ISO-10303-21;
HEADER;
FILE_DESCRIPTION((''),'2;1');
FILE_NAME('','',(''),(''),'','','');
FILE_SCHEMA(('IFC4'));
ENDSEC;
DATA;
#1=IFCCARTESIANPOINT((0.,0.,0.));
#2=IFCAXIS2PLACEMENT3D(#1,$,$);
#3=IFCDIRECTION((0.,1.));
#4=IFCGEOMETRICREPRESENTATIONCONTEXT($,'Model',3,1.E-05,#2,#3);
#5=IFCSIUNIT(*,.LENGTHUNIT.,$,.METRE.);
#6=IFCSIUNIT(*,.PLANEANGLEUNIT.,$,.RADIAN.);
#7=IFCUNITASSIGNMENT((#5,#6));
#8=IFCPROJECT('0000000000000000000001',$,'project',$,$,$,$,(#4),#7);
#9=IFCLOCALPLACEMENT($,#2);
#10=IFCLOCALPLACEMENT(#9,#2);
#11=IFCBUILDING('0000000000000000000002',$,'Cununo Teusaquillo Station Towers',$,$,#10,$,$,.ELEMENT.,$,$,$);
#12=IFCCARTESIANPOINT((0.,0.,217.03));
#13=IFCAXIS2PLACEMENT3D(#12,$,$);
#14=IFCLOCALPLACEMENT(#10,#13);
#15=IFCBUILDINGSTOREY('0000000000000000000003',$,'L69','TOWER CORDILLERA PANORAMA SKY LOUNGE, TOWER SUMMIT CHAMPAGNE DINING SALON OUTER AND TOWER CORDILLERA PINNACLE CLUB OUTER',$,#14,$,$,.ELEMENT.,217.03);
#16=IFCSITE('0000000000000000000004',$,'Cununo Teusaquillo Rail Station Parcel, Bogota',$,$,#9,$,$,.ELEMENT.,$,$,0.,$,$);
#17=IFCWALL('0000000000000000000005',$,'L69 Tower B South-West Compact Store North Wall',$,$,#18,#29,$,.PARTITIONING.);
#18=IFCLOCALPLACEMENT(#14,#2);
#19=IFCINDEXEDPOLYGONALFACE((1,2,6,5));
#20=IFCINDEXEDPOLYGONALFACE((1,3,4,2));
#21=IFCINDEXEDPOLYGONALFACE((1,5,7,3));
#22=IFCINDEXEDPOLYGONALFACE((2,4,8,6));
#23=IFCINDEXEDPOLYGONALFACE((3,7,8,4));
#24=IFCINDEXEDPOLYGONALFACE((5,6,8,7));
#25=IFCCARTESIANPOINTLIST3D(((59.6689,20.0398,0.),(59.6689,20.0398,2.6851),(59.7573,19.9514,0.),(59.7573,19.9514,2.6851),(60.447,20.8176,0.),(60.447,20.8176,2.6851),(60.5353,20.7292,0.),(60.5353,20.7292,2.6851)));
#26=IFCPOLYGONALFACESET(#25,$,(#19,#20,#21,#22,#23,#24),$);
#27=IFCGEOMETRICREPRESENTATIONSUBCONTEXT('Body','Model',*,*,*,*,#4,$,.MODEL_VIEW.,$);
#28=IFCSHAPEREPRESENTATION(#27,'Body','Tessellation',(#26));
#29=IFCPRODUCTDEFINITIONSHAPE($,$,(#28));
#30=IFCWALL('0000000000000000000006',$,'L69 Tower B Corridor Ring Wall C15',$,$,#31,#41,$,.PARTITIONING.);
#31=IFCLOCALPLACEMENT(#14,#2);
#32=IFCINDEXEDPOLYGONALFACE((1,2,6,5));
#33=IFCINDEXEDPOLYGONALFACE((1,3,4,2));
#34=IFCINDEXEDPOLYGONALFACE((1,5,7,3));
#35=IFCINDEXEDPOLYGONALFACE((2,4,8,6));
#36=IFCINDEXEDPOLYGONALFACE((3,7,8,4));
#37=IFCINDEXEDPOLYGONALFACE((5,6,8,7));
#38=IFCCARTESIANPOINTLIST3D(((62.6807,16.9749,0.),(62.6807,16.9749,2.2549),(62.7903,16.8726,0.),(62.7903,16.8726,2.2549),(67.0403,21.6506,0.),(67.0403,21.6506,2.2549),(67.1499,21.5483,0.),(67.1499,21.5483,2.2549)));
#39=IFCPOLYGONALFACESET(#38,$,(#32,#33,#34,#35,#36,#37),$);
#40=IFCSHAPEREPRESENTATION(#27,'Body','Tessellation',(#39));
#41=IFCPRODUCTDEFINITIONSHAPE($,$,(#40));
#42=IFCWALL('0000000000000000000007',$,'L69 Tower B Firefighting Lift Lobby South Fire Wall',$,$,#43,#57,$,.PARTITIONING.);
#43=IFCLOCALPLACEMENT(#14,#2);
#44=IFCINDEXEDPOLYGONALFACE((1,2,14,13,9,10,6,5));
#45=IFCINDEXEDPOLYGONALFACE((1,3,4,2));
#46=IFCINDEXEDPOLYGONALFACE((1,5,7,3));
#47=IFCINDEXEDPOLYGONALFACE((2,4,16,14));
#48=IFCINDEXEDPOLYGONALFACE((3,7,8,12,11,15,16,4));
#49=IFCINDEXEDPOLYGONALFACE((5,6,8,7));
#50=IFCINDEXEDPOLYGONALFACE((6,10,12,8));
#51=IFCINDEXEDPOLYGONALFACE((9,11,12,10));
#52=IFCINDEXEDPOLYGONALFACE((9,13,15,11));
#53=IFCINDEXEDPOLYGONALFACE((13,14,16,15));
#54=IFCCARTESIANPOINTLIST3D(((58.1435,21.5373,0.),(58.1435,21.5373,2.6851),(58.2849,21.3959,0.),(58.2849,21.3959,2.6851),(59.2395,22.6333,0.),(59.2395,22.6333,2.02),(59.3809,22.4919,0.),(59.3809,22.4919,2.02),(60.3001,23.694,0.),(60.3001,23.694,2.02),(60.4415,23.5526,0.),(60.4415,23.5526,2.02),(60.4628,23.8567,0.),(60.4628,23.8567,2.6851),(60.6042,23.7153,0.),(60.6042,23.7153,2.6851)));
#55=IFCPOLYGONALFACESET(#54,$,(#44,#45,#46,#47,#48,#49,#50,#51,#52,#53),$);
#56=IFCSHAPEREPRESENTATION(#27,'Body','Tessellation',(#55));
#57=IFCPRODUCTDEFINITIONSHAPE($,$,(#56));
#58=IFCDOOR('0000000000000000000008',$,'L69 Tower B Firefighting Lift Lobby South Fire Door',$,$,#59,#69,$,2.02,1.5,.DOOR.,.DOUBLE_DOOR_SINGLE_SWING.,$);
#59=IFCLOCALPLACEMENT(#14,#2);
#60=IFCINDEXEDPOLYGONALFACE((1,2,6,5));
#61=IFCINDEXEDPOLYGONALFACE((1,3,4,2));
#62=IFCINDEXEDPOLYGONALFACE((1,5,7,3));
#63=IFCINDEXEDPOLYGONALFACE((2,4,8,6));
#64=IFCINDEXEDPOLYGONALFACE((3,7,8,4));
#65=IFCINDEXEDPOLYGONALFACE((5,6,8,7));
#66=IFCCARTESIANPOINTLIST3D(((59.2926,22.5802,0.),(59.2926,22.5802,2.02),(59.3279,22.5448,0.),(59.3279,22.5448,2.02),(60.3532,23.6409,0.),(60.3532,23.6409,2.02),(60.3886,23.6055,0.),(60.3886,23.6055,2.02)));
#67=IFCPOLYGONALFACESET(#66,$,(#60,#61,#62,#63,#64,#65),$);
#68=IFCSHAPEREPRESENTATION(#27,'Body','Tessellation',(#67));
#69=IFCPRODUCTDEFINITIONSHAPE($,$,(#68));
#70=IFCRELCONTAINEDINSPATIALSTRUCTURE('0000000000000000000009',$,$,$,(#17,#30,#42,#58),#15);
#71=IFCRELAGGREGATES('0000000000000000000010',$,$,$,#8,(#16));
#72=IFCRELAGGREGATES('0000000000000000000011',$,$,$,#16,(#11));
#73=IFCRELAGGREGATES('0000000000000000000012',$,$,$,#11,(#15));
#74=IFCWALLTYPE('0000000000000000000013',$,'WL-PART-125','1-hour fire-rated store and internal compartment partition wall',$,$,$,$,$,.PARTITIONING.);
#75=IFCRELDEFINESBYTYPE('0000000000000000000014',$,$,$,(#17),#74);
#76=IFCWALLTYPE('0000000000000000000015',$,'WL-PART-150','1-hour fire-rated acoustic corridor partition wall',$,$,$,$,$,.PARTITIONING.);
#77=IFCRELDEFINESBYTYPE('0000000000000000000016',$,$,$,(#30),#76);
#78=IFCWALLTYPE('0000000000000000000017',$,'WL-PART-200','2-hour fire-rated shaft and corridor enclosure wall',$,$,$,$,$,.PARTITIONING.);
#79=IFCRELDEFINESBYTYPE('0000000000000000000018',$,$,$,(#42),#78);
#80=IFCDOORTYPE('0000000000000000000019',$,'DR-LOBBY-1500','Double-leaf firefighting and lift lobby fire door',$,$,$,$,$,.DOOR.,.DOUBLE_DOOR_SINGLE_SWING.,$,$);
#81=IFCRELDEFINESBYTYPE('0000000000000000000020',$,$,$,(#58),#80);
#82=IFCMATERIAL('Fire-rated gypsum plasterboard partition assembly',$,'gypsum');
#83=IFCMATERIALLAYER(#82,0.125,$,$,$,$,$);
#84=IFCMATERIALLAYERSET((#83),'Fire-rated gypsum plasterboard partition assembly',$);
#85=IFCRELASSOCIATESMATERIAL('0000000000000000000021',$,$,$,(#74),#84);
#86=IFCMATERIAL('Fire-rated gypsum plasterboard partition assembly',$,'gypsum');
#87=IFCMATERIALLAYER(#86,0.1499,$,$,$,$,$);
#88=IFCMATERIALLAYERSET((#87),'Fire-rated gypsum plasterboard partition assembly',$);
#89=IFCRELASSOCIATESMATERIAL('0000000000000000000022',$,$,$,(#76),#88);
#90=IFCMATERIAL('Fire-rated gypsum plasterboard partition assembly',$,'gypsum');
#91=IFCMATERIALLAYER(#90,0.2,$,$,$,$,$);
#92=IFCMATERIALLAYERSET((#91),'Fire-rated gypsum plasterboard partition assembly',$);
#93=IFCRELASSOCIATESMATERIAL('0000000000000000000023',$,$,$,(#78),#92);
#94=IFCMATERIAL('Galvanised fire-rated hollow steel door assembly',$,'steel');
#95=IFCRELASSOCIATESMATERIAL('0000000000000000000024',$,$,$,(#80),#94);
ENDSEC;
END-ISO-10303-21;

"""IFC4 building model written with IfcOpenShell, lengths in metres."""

from ifc_helpers import new_model, si_unit, direction, frame, frame_2d, origin, place, context, subcontext, project, spatial, rectangle, extrude, source, transform, mapped, material, layer, layer_set, type_object, element, fill, save


model = new_model("IFC4")

# Units and contexts
model_context = context("Model", 3, precision=1e-05, world=origin(), true_north=direction((0.0, 1.0)))
body_context = subcontext(model_context, "Body", "Model", "MODEL_VIEW")
ifc_project = project(units=[si_unit("LENGTHUNIT", "METRE"), si_unit("PLANEANGLEUNIT", "RADIAN")], contexts=[model_context])

# Site, building, storey
site_placement = place(None, origin())
site = spatial("IfcSite", under=ifc_project, at=site_placement, Name="Cununo Teusaquillo Rail Station Parcel, Bogota", CompositionType="ELEMENT", RefElevation=0.0)
building_placement = place(site_placement, origin())
building = spatial("IfcBuilding", under=site, at=building_placement, Name="Cununo Teusaquillo Station Towers", CompositionType="ELEMENT")
storey_placement = place(building_placement, frame((0.0, 0.0, 217.03)))
storey = spatial("IfcBuildingStorey", under=building, at=storey_placement, Name="L69", Description="TOWER CORDILLERA PANORAMA SKY LOUNGE, TOWER SUMMIT CHAMPAGNE DINING SALON OUTER AND TOWER CORDILLERA PINNACLE CLUB OUTER", CompositionType="ELEMENT", Elevation=217.03)

# Shared definitions
ifc_material_1 = material(Name="Fire-rated gypsum plasterboard partition assembly", Category="gypsum")
ifc_layer_1 = layer(ifc_material_1, 0.125)
ifc_layer_set_1 = layer_set([ifc_layer_1], Name="Fire-rated gypsum plasterboard partition assembly")
wall_type_1 = type_object("IfcWallType", Name="WL-PART-125", Description="1-hour fire-rated store and internal compartment partition wall", PredefinedType="PARTITIONING", material=ifc_layer_set_1)

# Walls
wall_1_placement = place(storey_placement, frame((59.7131, 19.9956, 0.0), z_axis=(0.0, 0.0, 1.0), x_axis=(0.707218, 0.706996, 0.0)))
element("IfcWall", 1, at=wall_1_placement, inside=storey, type_object=wall_type_1, Name="L69 Tower B South-West Compact Store North Wall", PredefinedType="PARTITIONING", context=body_context, shape_type="SweptSolid", body=[
    extrude(rectangle(XDim=1.1001, YDim=0.125, at=frame_2d((0.55, 0.0))), origin(), (0.0, 0.0, 1.0), 2.6851),
])
ifc_material_2 = material(Name="Fire-rated gypsum plasterboard partition assembly", Category="gypsum")
ifc_layer_2 = layer(ifc_material_2, 0.1499)
ifc_layer_set_2 = layer_set([ifc_layer_2], Name="Fire-rated gypsum plasterboard partition assembly")
wall_type_2 = type_object("IfcWallType", Name="WL-PART-150", Description="1-hour fire-rated acoustic corridor partition wall", PredefinedType="PARTITIONING", material=ifc_layer_set_2)
wall_2_placement = place(storey_placement, frame((62.7356, 16.9238, 0.0), z_axis=(0.0, 0.0, 1.0), x_axis=(0.681947, 0.731402, 0.0)))
element("IfcWall", 2, at=wall_2_placement, inside=storey, type_object=wall_type_2, Name="L69 Tower B Corridor Ring Wall C15", PredefinedType="PARTITIONING", context=body_context, shape_type="SweptSolid", body=[
    extrude(rectangle(XDim=6.3928, YDim=0.1499, at=frame_2d((3.1963, 0.0))), origin(), (0.0, 0.0, 1.0), 2.2549),
])

# Wall, opening, door
ifc_material_3 = material(Name="Fire-rated gypsum plasterboard partition assembly", Category="gypsum")
ifc_layer_3 = layer(ifc_material_3, 0.2)
ifc_layer_set_3 = layer_set([ifc_layer_3], Name="Fire-rated gypsum plasterboard partition assembly")
wall_type_3 = type_object("IfcWallType", Name="WL-PART-200", Description="2-hour fire-rated shaft and corridor enclosure wall", PredefinedType="PARTITIONING", material=ifc_layer_set_3)
wall_3_placement = place(storey_placement, frame((58.2141, 21.4666, 0.0), z_axis=(0.0, 0.0, 1.0), x_axis=(0.707107, 0.707107, 0.0)))
wall_3 = element("IfcWall", 3, at=wall_3_placement, inside=storey, type_object=wall_type_3, Name="L69 Tower B Firefighting Lift Lobby South Fire Wall", PredefinedType="PARTITIONING", context=body_context, shape_type="SweptSolid", body=[
    extrude(rectangle(XDim=3.28, YDim=0.2, at=frame_2d((1.6401, 0.0))), origin(), (0.0, 0.0, 1.0), 2.6851),
])
shared_shape_1 = source(origin(), body_context, "Body", "SweptSolid", [
    extrude(rectangle(XDim=1.5, YDim=2.02, at=frame_2d((0.75, 1.01))), frame((0.0, 0.1099, 0.0), z_axis=(0.0, -1.0, 0.0), x_axis=(1.0, 0.0, 0.0)), (0.0, 0.0, 1.0), 0.22),
])
opening_1_placement = place(wall_3_placement, frame((1.55, 0.0, 0.0)))
opening_1 = element("IfcOpeningElement", 4, at=opening_1_placement, cuts=wall_3, PredefinedType="OPENING", context=body_context, shape_type="MappedRepresentation", body=[
    mapped(shared_shape_1, transform((0.0, 0.0, 0.0), x_axis=(1.0, 0.0, 0.0), y_axis=(0.0, 1.0, 0.0), z_axis=(0.0, 0.0, 1.0), scale=1.0)),
])
ifc_material_4 = material(Name="Galvanised fire-rated hollow steel door assembly", Category="steel")
door_type_1 = type_object("IfcDoorType", Name="DR-LOBBY-1500", Description="Double-leaf firefighting and lift lobby fire door", OperationType="DOUBLE_DOOR_SINGLE_SWING", PredefinedType="DOOR", material=ifc_material_4)
shared_shape_2 = source(origin(), body_context, "Body", "SweptSolid", [
    extrude(rectangle(XDim=1.5, YDim=2.02, at=frame_2d((0.75, 1.01))), frame((0.0, 0.0249, 0.0), z_axis=(0.0, -1.0, 0.0), x_axis=(1.0, 0.0, 0.0)), (0.0, 0.0, 1.0), 0.05),
])
door_1_placement = place(opening_1_placement, origin())
door_1 = element("IfcDoor", 5, at=door_1_placement, inside=storey, type_object=door_type_1, Name="L69 Tower B Firefighting Lift Lobby South Fire Door", OperationType="DOUBLE_DOOR_SINGLE_SWING", OverallHeight=2.02, OverallWidth=1.5, PredefinedType="DOOR", context=body_context, shape_type="MappedRepresentation", body=[
    mapped(shared_shape_2, transform((0.0, 0.0, 0.0), x_axis=(1.0, 0.0, 0.0), y_axis=(0.0, 1.0, 0.0), z_axis=(0.0, 0.0, 1.0), scale=1.0)),
])
fill(opening_1, door_1)

save(model, "model.ifc")
